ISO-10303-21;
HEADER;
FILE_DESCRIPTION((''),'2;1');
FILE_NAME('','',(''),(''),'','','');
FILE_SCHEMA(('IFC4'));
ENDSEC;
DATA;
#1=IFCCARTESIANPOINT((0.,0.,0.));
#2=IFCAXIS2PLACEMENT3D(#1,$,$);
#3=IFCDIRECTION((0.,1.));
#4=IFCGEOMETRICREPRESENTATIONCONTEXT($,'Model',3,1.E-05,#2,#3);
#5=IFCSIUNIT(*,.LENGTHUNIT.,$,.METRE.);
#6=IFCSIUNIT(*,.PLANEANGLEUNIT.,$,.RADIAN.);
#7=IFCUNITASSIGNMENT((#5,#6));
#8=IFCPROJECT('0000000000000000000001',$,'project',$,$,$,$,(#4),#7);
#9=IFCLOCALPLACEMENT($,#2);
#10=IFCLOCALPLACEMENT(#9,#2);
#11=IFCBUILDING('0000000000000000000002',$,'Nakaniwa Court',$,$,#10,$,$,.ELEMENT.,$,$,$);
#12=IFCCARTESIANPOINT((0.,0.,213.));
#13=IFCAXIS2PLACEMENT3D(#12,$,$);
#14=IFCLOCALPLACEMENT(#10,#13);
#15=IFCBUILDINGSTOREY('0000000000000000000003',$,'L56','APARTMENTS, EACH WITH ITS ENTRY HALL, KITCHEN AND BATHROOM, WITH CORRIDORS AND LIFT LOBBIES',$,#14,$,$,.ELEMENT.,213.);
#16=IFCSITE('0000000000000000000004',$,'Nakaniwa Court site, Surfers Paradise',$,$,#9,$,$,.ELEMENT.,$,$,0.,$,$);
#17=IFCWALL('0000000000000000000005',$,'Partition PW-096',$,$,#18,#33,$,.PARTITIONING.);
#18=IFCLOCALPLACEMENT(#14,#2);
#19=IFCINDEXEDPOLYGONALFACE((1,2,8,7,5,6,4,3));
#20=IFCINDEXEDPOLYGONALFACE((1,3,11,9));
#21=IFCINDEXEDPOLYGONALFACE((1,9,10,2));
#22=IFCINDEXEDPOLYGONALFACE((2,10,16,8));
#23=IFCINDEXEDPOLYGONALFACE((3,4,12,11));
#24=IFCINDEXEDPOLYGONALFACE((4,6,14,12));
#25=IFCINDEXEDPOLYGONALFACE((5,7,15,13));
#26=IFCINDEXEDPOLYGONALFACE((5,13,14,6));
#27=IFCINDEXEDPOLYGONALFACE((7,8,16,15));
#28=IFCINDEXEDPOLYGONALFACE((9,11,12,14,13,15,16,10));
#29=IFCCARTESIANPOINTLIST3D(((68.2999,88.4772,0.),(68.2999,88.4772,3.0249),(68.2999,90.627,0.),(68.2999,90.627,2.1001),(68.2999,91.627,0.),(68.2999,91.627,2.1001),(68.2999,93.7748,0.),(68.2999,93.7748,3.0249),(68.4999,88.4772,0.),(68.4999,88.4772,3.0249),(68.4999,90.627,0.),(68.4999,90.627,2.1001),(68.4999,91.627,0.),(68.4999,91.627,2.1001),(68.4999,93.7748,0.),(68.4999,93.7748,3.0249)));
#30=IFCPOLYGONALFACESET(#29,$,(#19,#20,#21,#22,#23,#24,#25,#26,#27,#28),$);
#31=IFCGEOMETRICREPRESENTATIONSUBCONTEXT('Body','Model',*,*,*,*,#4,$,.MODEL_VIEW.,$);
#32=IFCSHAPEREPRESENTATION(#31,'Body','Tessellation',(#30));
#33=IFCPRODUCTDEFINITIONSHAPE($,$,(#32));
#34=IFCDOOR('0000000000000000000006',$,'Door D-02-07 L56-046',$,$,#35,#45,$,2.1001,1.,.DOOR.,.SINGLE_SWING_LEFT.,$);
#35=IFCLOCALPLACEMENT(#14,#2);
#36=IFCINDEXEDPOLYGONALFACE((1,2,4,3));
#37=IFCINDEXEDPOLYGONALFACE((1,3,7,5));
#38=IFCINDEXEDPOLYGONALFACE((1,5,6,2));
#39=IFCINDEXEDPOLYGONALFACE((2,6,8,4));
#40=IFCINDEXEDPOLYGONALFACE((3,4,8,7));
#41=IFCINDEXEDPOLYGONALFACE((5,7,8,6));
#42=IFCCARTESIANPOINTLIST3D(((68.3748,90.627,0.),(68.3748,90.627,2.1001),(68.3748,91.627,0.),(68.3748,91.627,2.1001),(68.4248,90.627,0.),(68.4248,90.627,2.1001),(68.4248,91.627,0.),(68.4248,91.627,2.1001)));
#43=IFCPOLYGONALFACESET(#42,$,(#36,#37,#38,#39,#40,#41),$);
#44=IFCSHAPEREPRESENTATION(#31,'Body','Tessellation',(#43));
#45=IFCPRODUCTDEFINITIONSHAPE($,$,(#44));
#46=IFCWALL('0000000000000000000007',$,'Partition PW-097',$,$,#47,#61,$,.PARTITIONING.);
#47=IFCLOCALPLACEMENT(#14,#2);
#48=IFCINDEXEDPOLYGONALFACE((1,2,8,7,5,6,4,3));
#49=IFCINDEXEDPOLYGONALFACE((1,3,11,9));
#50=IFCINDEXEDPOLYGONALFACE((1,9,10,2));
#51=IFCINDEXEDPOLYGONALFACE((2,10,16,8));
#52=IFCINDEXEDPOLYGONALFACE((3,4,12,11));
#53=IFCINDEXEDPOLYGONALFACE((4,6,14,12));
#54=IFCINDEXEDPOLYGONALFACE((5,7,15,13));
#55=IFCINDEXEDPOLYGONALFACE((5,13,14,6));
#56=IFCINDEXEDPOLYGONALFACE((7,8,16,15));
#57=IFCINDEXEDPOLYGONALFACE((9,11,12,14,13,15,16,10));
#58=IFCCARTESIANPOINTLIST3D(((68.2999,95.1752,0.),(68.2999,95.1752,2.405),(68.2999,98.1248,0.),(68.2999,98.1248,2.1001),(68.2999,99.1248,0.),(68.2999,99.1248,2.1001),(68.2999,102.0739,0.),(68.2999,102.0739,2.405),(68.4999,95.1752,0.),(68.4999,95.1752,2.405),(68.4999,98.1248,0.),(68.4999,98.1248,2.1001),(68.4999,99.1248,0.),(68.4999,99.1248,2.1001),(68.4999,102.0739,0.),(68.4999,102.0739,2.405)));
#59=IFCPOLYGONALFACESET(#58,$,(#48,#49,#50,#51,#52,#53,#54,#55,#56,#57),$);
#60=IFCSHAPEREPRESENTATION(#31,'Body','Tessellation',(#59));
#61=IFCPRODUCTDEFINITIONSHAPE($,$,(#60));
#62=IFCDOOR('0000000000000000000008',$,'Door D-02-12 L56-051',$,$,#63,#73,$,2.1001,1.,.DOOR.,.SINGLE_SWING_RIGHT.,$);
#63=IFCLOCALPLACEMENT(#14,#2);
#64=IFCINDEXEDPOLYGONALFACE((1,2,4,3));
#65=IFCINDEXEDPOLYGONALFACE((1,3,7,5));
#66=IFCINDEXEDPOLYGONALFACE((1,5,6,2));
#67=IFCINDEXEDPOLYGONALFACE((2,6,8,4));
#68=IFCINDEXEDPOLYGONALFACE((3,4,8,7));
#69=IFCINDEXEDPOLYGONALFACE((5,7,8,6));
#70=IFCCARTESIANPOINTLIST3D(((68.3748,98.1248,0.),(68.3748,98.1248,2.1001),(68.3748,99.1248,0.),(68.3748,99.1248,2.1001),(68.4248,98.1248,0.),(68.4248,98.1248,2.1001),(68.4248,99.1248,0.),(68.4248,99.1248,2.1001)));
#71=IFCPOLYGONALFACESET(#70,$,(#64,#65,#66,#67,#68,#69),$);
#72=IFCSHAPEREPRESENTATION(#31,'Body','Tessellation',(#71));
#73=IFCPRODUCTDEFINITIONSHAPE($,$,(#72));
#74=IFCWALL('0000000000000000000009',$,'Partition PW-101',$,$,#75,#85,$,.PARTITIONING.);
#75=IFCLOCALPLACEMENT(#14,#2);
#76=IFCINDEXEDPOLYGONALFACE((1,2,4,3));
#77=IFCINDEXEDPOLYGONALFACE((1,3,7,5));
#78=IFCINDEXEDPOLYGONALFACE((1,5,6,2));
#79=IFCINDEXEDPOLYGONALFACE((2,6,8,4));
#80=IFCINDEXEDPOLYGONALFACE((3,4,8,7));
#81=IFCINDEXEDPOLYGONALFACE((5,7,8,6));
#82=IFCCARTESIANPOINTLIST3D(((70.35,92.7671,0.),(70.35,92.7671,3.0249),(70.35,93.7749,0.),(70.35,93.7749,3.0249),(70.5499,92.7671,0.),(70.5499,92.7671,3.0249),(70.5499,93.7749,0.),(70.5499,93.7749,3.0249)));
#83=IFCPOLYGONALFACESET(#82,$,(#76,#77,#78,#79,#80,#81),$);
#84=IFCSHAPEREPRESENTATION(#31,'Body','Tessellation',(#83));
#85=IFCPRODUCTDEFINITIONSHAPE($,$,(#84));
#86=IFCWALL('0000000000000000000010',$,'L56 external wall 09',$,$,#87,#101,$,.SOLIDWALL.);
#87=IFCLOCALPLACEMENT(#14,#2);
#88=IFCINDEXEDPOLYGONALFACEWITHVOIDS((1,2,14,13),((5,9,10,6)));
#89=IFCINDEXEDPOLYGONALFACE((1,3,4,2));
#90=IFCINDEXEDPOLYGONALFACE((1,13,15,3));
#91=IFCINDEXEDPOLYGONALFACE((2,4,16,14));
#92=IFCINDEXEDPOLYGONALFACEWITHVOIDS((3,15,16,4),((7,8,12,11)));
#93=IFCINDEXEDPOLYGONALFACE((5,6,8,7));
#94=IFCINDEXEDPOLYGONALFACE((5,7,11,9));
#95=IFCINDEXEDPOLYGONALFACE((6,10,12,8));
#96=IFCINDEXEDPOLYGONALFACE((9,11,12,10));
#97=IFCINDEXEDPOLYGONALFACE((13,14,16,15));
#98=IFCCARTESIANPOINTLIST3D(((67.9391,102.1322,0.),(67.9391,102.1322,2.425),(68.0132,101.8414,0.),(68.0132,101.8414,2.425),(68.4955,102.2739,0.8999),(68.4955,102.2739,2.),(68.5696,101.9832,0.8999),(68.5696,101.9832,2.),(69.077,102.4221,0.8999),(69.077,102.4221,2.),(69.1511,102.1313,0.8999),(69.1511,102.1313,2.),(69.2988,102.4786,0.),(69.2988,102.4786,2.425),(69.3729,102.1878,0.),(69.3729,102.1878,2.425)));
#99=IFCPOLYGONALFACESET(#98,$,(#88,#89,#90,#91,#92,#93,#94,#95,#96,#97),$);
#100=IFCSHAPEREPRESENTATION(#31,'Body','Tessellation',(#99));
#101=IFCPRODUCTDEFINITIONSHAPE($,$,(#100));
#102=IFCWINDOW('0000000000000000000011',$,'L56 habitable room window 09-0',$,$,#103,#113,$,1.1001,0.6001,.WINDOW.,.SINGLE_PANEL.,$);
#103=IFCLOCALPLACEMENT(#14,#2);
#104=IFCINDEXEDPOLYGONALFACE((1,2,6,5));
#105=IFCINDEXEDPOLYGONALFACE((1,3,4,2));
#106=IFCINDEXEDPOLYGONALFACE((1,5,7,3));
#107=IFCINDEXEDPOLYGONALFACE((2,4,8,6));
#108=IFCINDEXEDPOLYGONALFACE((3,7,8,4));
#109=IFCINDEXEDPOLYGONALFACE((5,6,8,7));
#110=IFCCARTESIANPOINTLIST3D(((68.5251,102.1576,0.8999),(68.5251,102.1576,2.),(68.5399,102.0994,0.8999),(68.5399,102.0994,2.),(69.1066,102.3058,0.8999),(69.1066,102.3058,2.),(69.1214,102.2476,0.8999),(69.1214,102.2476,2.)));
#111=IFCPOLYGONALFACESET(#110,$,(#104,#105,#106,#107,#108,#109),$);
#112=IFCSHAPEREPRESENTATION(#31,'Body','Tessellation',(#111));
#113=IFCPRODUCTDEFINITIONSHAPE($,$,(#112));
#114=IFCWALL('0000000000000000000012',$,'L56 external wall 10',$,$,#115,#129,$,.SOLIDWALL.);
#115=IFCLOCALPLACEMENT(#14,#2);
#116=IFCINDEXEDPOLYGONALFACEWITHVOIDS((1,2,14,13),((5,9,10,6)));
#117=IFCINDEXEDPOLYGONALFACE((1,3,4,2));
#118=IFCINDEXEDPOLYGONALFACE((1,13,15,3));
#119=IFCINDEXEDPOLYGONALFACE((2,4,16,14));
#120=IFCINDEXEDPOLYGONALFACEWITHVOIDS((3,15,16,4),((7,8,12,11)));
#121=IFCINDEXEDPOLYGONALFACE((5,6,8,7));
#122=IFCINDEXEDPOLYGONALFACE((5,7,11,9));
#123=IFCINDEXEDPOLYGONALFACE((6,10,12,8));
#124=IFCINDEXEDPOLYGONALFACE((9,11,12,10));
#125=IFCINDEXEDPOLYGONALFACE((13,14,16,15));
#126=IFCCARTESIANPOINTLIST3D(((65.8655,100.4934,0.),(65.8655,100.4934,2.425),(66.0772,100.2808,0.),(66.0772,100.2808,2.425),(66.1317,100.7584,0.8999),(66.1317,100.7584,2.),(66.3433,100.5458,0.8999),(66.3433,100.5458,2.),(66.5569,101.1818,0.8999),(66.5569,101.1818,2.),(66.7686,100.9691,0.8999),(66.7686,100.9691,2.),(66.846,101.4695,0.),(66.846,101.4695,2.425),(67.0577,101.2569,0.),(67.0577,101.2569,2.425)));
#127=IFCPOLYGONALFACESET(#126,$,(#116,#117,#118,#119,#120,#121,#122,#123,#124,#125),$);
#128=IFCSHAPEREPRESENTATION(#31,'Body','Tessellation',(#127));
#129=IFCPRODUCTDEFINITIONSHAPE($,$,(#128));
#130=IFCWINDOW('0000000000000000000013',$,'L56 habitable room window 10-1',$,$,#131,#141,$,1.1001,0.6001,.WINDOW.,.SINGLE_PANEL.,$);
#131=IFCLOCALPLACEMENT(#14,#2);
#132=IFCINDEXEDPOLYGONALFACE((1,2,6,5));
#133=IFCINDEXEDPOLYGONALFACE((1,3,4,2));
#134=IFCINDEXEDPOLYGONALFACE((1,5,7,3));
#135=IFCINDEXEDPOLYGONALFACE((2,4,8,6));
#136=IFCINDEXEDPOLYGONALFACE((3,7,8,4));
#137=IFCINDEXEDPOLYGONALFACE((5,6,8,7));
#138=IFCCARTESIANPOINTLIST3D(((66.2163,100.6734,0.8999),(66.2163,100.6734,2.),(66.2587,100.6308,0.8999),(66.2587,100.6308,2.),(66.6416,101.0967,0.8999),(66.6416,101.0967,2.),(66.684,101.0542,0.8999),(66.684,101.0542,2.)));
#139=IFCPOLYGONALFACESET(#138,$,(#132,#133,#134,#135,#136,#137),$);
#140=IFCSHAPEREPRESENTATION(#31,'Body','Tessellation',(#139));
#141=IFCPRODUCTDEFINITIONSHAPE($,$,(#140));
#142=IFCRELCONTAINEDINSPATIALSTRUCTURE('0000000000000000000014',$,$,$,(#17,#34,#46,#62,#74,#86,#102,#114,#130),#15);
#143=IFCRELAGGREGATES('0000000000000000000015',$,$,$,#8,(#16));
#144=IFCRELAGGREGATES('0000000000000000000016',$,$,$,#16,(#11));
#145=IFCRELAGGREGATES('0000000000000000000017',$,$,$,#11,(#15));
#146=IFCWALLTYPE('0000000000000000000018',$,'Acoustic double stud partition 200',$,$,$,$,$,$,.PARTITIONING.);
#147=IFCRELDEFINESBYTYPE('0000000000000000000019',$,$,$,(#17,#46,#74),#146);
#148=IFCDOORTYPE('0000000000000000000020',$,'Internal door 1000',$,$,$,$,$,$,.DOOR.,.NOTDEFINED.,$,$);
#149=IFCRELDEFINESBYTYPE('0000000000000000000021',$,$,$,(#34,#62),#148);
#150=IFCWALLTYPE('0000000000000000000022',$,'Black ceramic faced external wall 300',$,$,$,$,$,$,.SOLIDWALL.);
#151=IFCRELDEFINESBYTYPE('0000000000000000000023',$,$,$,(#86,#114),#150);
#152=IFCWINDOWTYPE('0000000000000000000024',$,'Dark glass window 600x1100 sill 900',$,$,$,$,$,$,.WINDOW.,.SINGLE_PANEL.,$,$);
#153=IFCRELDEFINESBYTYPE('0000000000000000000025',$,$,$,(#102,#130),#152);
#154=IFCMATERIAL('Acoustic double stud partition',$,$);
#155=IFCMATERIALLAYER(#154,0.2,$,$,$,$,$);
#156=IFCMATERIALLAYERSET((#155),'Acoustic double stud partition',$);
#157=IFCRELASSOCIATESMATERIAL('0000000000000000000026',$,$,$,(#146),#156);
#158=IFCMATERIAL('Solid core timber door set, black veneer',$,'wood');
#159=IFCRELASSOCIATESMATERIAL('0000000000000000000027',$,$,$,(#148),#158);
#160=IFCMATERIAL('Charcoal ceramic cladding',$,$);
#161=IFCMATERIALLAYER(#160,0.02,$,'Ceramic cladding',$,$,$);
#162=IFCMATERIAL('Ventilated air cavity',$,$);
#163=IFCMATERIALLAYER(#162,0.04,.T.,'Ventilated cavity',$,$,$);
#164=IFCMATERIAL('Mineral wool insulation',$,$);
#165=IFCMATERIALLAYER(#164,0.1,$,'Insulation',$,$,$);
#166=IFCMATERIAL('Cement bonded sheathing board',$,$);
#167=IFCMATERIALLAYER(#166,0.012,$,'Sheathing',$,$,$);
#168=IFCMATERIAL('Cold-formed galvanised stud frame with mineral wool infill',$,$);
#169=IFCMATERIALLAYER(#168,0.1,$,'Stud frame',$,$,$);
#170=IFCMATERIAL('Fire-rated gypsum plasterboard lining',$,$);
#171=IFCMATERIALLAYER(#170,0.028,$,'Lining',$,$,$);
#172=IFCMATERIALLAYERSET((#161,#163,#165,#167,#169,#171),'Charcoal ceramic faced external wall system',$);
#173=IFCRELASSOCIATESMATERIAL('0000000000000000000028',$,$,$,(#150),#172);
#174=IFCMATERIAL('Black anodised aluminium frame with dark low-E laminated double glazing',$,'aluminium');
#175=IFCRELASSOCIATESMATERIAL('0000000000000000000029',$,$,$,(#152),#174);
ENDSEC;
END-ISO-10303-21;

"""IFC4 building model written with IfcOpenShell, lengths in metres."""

from ifc_helpers import new_model, si_unit, direction, frame, frame_2d, origin, place, context, subcontext, project, spatial, rectangle, extrude, material, layer, layer_set, type_object, element, fill, save


model = new_model("IFC4")

# Units and contexts
model_context = context("Model", 3, precision=1e-05, world=origin(), true_north=direction((0.0, 1.0)))
body_context = subcontext(model_context, "Body", "Model", "MODEL_VIEW")
ifc_project = project(units=[si_unit("LENGTHUNIT", "METRE"), si_unit("PLANEANGLEUNIT", "RADIAN")], contexts=[model_context])

# Site, building, storey
site_placement = place(None, origin())
site = spatial("IfcSite", under=ifc_project, at=site_placement, Name="Nakaniwa Court site, Surfers Paradise", CompositionType="ELEMENT", RefElevation=0.0)
building_placement = place(site_placement, origin())
building = spatial("IfcBuilding", under=site, at=building_placement, Name="Nakaniwa Court", CompositionType="ELEMENT")
storey_placement = place(building_placement, frame((0.0, 0.0, 213.0)))
storey = spatial("IfcBuildingStorey", under=building, at=storey_placement, Name="L56", Description="APARTMENTS, EACH WITH ITS ENTRY HALL, KITCHEN AND BATHROOM, WITH CORRIDORS AND LIFT LOBBIES", CompositionType="ELEMENT", Elevation=213.0)

# Shared definitions
ifc_material_1 = material(Name="Acoustic double stud partition")
ifc_layer_1 = layer(ifc_material_1, 0.2)
ifc_layer_set_1 = layer_set([ifc_layer_1], Name="Acoustic double stud partition")
wall_type_1 = type_object("IfcWallType", Name="Acoustic double stud partition 200", PredefinedType="PARTITIONING", material=ifc_layer_set_1)

# Walls, openings, doors
wall_1_placement = place(storey_placement, frame((68.3999, 93.7749, 0.0), z_axis=(0.0, 0.0, 1.0), x_axis=(0.0, -1.0, 0.0)))
wall_1 = element("IfcWall", 1, at=wall_1_placement, inside=storey, type_object=wall_type_1, Name="Partition PW-096", PredefinedType="PARTITIONING", context=body_context, shape_type="SweptSolid", body=[
    extrude(rectangle(XDim=5.2976, YDim=0.2, at=frame_2d((2.6489, 0.0))), origin(), (0.0, 0.0, 1.0), 3.0249),
])
opening_1_placement = place(wall_1_placement, frame((2.1479, 0.0, 0.0)))
opening_1 = element("IfcOpeningElement", 2, at=opening_1_placement, cuts=wall_1, PredefinedType="OPENING", context=body_context, shape_type="SweptSolid", body=[
    extrude(rectangle(XDim=1.0, YDim=2.1001, at=frame_2d((0.5, 1.05))), frame((0.0, 0.1099, 0.0), z_axis=(0.0, -1.0, 0.0), x_axis=(1.0, 0.0, 0.0)), (0.0, 0.0, 1.0), 0.22),
])
ifc_material_2 = material(Name="Solid core timber door set, black veneer", Category="wood")
door_type = type_object("IfcDoorType", Name="Internal door 1000", OperationType="NOTDEFINED", PredefinedType="DOOR", material=ifc_material_2)
door_1_placement = place(opening_1_placement, origin())
door_1 = element("IfcDoor", 3, at=door_1_placement, inside=storey, type_object=door_type, Name="Door D-02-07 L56-046", OperationType="SINGLE_SWING_LEFT", OverallHeight=2.1001, OverallWidth=1.0, PredefinedType="DOOR", context=body_context, shape_type="SweptSolid", body=[
    extrude(rectangle(XDim=1.0, YDim=2.1001, at=frame_2d((0.5, 1.05))), frame((0.0, 0.0249, 0.0), z_axis=(0.0, -1.0, 0.0), x_axis=(1.0, 0.0, 0.0)), (0.0, 0.0, 1.0), 0.05),
])
fill(opening_1, door_1)
wall_2_placement = place(storey_placement, frame((68.3999, 102.0737, 0.0), z_axis=(0.0, 0.0, 1.0), x_axis=(0.0, -1.0, 0.0)))
wall_2 = element("IfcWall", 4, at=wall_2_placement, inside=storey, type_object=wall_type_1, Name="Partition PW-097", PredefinedType="PARTITIONING", context=body_context, shape_type="SweptSolid", body=[
    extrude(rectangle(XDim=6.8987, YDim=0.2, at=frame_2d((3.4492, 0.0))), origin(), (0.0, 0.0, 1.0), 2.405),
])
opening_2_placement = place(wall_2_placement, frame((2.949, 0.0, 0.0)))
opening_2 = element("IfcOpeningElement", 5, at=opening_2_placement, cuts=wall_2, PredefinedType="OPENING", context=body_context, shape_type="SweptSolid", body=[
    extrude(rectangle(XDim=1.0, YDim=2.1001, at=frame_2d((0.5, 1.05))), frame((0.0, 0.1099, 0.0), z_axis=(0.0, -1.0, 0.0), x_axis=(1.0, 0.0, 0.0)), (0.0, 0.0, 1.0), 0.22),
])
door_2_placement = place(opening_2_placement, origin())
door_2 = element("IfcDoor", 6, at=door_2_placement, inside=storey, type_object=door_type, Name="Door D-02-12 L56-051", OperationType="SINGLE_SWING_RIGHT", OverallHeight=2.1001, OverallWidth=1.0, PredefinedType="DOOR", context=body_context, shape_type="SweptSolid", body=[
    extrude(rectangle(XDim=1.0, YDim=2.1001, at=frame_2d((0.5, 1.05))), frame((0.0, 0.0249, 0.0), z_axis=(0.0, -1.0, 0.0), x_axis=(1.0, 0.0, 0.0)), (0.0, 0.0, 1.0), 0.05),
])
fill(opening_2, door_2)

# Wall
wall_3_placement = place(storey_placement, frame((70.45, 92.7671, 0.0), z_axis=(0.0, 0.0, 1.0), x_axis=(0.0, 1.0, 0.0)))
element("IfcWall", 7, at=wall_3_placement, inside=storey, type_object=wall_type_1, Name="Partition PW-101", PredefinedType="PARTITIONING", context=body_context, shape_type="SweptSolid", body=[
    extrude(rectangle(XDim=1.0078, YDim=0.2, at=frame_2d((0.5039, 0.0))), origin(), (0.0, 0.0, 1.0), 3.0249),
])

# Walls, openings, windows
ifc_material_3 = material(Name="Charcoal ceramic cladding")
ifc_layer_2 = layer(ifc_material_3, 0.02, Name="Ceramic cladding")
ifc_material_4 = material(Name="Ventilated air cavity")
ifc_layer_3 = layer(ifc_material_4, 0.04, ventilated=True, Name="Ventilated cavity")
ifc_material_5 = material(Name="Mineral wool insulation")
ifc_layer_4 = layer(ifc_material_5, 0.1, Name="Insulation")
ifc_material_6 = material(Name="Cement bonded sheathing board")
ifc_layer_5 = layer(ifc_material_6, 0.012, Name="Sheathing")
ifc_material_7 = material(Name="Cold-formed galvanised stud frame with mineral wool infill")
ifc_layer_6 = layer(ifc_material_7, 0.1, Name="Stud frame")
ifc_material_8 = material(Name="Fire-rated gypsum plasterboard lining")
ifc_layer_7 = layer(ifc_material_8, 0.028, Name="Lining")
ifc_layer_set_2 = layer_set([ifc_layer_2, ifc_layer_3, ifc_layer_4, ifc_layer_5, ifc_layer_6, ifc_layer_7], Name="Charcoal ceramic faced external wall system")
wall_type_2 = type_object("IfcWallType", Name="Black ceramic faced external wall 300", PredefinedType="SOLIDWALL", material=ifc_layer_set_2)
wall_4_placement = place(storey_placement, frame((69.3359, 102.3333, 0.0), z_axis=(0.0, 0.0, 1.0), x_axis=(-0.969037, -0.246914, 0.0)))
wall_4 = element("IfcWall", 8, at=wall_4_placement, inside=storey, type_object=wall_type_2, Name="L56 external wall 09", PredefinedType="SOLIDWALL", context=body_context, shape_type="SweptSolid", body=[
    extrude(rectangle(XDim=1.4031, YDim=0.3, at=frame_2d((0.7017, 0.0))), origin(), (0.0, 0.0, 1.0), 2.425),
])
opening_3_placement = place(wall_4_placement, frame((0.229, 0.0, 0.8999)))
opening_3 = element("IfcOpeningElement", 9, at=opening_3_placement, cuts=wall_4, PredefinedType="OPENING", context=body_context, shape_type="SweptSolid", body=[
    extrude(rectangle(XDim=0.6001, YDim=1.1001, at=frame_2d((0.3, 0.55))), frame((0.0, 0.1599, 0.0), z_axis=(0.0, -1.0, 0.0), x_axis=(1.0, 0.0, 0.0)), (0.0, 0.0, 1.0), 0.3201),
])
ifc_material_9 = material(Name="Black anodised aluminium frame with dark low-E laminated double glazing", Category="aluminium")
window_type_1 = type_object("IfcWindowType", Name="Dark glass window 600x1100 sill 900", PartitioningType="SINGLE_PANEL", PredefinedType="WINDOW", material=ifc_material_9)
window_1_placement = place(opening_3_placement, origin())
window_1 = element("IfcWindow", 10, at=window_1_placement, inside=storey, type_object=window_type_1, Name="L56 habitable room window 09-0", OverallHeight=1.1001, OverallWidth=0.6001, PartitioningType="SINGLE_PANEL", PredefinedType="WINDOW", context=body_context, shape_type="SweptSolid", body=[
    extrude(rectangle(XDim=0.6001, YDim=1.1001, at=frame_2d((0.3, 0.55))), frame((0.0, 0.03, 0.0), z_axis=(0.0, -1.0, 0.0), x_axis=(1.0, 0.0, 0.0)), (0.0, 0.0, 1.0), 0.0601),
])
fill(opening_3, window_1)
wall_5_placement = place(storey_placement, frame((66.9519, 101.3633, 0.0), z_axis=(0.0, 0.0, 1.0), x_axis=(-0.708693, -0.705517, 0.0)))
wall_5 = element("IfcWall", 11, at=wall_5_placement, inside=storey, type_object=wall_type_2, Name="L56 external wall 10", PredefinedType="SOLIDWALL", context=body_context, shape_type="SweptSolid", body=[
    extrude(rectangle(XDim=1.3835, YDim=0.3, at=frame_2d((0.6919, 0.0))), origin(), (0.0, 0.0, 1.0), 2.425),
])
opening_4_placement = place(wall_5_placement, frame((0.408, 0.0, 0.8999)))
opening_4 = element("IfcOpeningElement", 12, at=opening_4_placement, cuts=wall_5, PredefinedType="OPENING", context=body_context, shape_type="SweptSolid", body=[
    extrude(rectangle(XDim=0.6001, YDim=1.1001, at=frame_2d((0.3, 0.55))), frame((0.0, 0.1599, 0.0), z_axis=(0.0, -1.0, 0.0), x_axis=(1.0, 0.0, 0.0)), (0.0, 0.0, 1.0), 0.3201),
])
window_2_placement = place(opening_4_placement, origin())
window_2 = element("IfcWindow", 13, at=window_2_placement, inside=storey, type_object=window_type_1, Name="L56 habitable room window 10-1", OverallHeight=1.1001, OverallWidth=0.6001, PartitioningType="SINGLE_PANEL", PredefinedType="WINDOW", context=body_context, shape_type="SweptSolid", body=[
    extrude(rectangle(XDim=0.6001, YDim=1.1001, at=frame_2d((0.3, 0.55))), frame((0.0, 0.03, 0.0), z_axis=(0.0, -1.0, 0.0), x_axis=(1.0, 0.0, 0.0)), (0.0, 0.0, 1.0), 0.0601),
])
fill(opening_4, window_2)

save(model, "model.ifc")
